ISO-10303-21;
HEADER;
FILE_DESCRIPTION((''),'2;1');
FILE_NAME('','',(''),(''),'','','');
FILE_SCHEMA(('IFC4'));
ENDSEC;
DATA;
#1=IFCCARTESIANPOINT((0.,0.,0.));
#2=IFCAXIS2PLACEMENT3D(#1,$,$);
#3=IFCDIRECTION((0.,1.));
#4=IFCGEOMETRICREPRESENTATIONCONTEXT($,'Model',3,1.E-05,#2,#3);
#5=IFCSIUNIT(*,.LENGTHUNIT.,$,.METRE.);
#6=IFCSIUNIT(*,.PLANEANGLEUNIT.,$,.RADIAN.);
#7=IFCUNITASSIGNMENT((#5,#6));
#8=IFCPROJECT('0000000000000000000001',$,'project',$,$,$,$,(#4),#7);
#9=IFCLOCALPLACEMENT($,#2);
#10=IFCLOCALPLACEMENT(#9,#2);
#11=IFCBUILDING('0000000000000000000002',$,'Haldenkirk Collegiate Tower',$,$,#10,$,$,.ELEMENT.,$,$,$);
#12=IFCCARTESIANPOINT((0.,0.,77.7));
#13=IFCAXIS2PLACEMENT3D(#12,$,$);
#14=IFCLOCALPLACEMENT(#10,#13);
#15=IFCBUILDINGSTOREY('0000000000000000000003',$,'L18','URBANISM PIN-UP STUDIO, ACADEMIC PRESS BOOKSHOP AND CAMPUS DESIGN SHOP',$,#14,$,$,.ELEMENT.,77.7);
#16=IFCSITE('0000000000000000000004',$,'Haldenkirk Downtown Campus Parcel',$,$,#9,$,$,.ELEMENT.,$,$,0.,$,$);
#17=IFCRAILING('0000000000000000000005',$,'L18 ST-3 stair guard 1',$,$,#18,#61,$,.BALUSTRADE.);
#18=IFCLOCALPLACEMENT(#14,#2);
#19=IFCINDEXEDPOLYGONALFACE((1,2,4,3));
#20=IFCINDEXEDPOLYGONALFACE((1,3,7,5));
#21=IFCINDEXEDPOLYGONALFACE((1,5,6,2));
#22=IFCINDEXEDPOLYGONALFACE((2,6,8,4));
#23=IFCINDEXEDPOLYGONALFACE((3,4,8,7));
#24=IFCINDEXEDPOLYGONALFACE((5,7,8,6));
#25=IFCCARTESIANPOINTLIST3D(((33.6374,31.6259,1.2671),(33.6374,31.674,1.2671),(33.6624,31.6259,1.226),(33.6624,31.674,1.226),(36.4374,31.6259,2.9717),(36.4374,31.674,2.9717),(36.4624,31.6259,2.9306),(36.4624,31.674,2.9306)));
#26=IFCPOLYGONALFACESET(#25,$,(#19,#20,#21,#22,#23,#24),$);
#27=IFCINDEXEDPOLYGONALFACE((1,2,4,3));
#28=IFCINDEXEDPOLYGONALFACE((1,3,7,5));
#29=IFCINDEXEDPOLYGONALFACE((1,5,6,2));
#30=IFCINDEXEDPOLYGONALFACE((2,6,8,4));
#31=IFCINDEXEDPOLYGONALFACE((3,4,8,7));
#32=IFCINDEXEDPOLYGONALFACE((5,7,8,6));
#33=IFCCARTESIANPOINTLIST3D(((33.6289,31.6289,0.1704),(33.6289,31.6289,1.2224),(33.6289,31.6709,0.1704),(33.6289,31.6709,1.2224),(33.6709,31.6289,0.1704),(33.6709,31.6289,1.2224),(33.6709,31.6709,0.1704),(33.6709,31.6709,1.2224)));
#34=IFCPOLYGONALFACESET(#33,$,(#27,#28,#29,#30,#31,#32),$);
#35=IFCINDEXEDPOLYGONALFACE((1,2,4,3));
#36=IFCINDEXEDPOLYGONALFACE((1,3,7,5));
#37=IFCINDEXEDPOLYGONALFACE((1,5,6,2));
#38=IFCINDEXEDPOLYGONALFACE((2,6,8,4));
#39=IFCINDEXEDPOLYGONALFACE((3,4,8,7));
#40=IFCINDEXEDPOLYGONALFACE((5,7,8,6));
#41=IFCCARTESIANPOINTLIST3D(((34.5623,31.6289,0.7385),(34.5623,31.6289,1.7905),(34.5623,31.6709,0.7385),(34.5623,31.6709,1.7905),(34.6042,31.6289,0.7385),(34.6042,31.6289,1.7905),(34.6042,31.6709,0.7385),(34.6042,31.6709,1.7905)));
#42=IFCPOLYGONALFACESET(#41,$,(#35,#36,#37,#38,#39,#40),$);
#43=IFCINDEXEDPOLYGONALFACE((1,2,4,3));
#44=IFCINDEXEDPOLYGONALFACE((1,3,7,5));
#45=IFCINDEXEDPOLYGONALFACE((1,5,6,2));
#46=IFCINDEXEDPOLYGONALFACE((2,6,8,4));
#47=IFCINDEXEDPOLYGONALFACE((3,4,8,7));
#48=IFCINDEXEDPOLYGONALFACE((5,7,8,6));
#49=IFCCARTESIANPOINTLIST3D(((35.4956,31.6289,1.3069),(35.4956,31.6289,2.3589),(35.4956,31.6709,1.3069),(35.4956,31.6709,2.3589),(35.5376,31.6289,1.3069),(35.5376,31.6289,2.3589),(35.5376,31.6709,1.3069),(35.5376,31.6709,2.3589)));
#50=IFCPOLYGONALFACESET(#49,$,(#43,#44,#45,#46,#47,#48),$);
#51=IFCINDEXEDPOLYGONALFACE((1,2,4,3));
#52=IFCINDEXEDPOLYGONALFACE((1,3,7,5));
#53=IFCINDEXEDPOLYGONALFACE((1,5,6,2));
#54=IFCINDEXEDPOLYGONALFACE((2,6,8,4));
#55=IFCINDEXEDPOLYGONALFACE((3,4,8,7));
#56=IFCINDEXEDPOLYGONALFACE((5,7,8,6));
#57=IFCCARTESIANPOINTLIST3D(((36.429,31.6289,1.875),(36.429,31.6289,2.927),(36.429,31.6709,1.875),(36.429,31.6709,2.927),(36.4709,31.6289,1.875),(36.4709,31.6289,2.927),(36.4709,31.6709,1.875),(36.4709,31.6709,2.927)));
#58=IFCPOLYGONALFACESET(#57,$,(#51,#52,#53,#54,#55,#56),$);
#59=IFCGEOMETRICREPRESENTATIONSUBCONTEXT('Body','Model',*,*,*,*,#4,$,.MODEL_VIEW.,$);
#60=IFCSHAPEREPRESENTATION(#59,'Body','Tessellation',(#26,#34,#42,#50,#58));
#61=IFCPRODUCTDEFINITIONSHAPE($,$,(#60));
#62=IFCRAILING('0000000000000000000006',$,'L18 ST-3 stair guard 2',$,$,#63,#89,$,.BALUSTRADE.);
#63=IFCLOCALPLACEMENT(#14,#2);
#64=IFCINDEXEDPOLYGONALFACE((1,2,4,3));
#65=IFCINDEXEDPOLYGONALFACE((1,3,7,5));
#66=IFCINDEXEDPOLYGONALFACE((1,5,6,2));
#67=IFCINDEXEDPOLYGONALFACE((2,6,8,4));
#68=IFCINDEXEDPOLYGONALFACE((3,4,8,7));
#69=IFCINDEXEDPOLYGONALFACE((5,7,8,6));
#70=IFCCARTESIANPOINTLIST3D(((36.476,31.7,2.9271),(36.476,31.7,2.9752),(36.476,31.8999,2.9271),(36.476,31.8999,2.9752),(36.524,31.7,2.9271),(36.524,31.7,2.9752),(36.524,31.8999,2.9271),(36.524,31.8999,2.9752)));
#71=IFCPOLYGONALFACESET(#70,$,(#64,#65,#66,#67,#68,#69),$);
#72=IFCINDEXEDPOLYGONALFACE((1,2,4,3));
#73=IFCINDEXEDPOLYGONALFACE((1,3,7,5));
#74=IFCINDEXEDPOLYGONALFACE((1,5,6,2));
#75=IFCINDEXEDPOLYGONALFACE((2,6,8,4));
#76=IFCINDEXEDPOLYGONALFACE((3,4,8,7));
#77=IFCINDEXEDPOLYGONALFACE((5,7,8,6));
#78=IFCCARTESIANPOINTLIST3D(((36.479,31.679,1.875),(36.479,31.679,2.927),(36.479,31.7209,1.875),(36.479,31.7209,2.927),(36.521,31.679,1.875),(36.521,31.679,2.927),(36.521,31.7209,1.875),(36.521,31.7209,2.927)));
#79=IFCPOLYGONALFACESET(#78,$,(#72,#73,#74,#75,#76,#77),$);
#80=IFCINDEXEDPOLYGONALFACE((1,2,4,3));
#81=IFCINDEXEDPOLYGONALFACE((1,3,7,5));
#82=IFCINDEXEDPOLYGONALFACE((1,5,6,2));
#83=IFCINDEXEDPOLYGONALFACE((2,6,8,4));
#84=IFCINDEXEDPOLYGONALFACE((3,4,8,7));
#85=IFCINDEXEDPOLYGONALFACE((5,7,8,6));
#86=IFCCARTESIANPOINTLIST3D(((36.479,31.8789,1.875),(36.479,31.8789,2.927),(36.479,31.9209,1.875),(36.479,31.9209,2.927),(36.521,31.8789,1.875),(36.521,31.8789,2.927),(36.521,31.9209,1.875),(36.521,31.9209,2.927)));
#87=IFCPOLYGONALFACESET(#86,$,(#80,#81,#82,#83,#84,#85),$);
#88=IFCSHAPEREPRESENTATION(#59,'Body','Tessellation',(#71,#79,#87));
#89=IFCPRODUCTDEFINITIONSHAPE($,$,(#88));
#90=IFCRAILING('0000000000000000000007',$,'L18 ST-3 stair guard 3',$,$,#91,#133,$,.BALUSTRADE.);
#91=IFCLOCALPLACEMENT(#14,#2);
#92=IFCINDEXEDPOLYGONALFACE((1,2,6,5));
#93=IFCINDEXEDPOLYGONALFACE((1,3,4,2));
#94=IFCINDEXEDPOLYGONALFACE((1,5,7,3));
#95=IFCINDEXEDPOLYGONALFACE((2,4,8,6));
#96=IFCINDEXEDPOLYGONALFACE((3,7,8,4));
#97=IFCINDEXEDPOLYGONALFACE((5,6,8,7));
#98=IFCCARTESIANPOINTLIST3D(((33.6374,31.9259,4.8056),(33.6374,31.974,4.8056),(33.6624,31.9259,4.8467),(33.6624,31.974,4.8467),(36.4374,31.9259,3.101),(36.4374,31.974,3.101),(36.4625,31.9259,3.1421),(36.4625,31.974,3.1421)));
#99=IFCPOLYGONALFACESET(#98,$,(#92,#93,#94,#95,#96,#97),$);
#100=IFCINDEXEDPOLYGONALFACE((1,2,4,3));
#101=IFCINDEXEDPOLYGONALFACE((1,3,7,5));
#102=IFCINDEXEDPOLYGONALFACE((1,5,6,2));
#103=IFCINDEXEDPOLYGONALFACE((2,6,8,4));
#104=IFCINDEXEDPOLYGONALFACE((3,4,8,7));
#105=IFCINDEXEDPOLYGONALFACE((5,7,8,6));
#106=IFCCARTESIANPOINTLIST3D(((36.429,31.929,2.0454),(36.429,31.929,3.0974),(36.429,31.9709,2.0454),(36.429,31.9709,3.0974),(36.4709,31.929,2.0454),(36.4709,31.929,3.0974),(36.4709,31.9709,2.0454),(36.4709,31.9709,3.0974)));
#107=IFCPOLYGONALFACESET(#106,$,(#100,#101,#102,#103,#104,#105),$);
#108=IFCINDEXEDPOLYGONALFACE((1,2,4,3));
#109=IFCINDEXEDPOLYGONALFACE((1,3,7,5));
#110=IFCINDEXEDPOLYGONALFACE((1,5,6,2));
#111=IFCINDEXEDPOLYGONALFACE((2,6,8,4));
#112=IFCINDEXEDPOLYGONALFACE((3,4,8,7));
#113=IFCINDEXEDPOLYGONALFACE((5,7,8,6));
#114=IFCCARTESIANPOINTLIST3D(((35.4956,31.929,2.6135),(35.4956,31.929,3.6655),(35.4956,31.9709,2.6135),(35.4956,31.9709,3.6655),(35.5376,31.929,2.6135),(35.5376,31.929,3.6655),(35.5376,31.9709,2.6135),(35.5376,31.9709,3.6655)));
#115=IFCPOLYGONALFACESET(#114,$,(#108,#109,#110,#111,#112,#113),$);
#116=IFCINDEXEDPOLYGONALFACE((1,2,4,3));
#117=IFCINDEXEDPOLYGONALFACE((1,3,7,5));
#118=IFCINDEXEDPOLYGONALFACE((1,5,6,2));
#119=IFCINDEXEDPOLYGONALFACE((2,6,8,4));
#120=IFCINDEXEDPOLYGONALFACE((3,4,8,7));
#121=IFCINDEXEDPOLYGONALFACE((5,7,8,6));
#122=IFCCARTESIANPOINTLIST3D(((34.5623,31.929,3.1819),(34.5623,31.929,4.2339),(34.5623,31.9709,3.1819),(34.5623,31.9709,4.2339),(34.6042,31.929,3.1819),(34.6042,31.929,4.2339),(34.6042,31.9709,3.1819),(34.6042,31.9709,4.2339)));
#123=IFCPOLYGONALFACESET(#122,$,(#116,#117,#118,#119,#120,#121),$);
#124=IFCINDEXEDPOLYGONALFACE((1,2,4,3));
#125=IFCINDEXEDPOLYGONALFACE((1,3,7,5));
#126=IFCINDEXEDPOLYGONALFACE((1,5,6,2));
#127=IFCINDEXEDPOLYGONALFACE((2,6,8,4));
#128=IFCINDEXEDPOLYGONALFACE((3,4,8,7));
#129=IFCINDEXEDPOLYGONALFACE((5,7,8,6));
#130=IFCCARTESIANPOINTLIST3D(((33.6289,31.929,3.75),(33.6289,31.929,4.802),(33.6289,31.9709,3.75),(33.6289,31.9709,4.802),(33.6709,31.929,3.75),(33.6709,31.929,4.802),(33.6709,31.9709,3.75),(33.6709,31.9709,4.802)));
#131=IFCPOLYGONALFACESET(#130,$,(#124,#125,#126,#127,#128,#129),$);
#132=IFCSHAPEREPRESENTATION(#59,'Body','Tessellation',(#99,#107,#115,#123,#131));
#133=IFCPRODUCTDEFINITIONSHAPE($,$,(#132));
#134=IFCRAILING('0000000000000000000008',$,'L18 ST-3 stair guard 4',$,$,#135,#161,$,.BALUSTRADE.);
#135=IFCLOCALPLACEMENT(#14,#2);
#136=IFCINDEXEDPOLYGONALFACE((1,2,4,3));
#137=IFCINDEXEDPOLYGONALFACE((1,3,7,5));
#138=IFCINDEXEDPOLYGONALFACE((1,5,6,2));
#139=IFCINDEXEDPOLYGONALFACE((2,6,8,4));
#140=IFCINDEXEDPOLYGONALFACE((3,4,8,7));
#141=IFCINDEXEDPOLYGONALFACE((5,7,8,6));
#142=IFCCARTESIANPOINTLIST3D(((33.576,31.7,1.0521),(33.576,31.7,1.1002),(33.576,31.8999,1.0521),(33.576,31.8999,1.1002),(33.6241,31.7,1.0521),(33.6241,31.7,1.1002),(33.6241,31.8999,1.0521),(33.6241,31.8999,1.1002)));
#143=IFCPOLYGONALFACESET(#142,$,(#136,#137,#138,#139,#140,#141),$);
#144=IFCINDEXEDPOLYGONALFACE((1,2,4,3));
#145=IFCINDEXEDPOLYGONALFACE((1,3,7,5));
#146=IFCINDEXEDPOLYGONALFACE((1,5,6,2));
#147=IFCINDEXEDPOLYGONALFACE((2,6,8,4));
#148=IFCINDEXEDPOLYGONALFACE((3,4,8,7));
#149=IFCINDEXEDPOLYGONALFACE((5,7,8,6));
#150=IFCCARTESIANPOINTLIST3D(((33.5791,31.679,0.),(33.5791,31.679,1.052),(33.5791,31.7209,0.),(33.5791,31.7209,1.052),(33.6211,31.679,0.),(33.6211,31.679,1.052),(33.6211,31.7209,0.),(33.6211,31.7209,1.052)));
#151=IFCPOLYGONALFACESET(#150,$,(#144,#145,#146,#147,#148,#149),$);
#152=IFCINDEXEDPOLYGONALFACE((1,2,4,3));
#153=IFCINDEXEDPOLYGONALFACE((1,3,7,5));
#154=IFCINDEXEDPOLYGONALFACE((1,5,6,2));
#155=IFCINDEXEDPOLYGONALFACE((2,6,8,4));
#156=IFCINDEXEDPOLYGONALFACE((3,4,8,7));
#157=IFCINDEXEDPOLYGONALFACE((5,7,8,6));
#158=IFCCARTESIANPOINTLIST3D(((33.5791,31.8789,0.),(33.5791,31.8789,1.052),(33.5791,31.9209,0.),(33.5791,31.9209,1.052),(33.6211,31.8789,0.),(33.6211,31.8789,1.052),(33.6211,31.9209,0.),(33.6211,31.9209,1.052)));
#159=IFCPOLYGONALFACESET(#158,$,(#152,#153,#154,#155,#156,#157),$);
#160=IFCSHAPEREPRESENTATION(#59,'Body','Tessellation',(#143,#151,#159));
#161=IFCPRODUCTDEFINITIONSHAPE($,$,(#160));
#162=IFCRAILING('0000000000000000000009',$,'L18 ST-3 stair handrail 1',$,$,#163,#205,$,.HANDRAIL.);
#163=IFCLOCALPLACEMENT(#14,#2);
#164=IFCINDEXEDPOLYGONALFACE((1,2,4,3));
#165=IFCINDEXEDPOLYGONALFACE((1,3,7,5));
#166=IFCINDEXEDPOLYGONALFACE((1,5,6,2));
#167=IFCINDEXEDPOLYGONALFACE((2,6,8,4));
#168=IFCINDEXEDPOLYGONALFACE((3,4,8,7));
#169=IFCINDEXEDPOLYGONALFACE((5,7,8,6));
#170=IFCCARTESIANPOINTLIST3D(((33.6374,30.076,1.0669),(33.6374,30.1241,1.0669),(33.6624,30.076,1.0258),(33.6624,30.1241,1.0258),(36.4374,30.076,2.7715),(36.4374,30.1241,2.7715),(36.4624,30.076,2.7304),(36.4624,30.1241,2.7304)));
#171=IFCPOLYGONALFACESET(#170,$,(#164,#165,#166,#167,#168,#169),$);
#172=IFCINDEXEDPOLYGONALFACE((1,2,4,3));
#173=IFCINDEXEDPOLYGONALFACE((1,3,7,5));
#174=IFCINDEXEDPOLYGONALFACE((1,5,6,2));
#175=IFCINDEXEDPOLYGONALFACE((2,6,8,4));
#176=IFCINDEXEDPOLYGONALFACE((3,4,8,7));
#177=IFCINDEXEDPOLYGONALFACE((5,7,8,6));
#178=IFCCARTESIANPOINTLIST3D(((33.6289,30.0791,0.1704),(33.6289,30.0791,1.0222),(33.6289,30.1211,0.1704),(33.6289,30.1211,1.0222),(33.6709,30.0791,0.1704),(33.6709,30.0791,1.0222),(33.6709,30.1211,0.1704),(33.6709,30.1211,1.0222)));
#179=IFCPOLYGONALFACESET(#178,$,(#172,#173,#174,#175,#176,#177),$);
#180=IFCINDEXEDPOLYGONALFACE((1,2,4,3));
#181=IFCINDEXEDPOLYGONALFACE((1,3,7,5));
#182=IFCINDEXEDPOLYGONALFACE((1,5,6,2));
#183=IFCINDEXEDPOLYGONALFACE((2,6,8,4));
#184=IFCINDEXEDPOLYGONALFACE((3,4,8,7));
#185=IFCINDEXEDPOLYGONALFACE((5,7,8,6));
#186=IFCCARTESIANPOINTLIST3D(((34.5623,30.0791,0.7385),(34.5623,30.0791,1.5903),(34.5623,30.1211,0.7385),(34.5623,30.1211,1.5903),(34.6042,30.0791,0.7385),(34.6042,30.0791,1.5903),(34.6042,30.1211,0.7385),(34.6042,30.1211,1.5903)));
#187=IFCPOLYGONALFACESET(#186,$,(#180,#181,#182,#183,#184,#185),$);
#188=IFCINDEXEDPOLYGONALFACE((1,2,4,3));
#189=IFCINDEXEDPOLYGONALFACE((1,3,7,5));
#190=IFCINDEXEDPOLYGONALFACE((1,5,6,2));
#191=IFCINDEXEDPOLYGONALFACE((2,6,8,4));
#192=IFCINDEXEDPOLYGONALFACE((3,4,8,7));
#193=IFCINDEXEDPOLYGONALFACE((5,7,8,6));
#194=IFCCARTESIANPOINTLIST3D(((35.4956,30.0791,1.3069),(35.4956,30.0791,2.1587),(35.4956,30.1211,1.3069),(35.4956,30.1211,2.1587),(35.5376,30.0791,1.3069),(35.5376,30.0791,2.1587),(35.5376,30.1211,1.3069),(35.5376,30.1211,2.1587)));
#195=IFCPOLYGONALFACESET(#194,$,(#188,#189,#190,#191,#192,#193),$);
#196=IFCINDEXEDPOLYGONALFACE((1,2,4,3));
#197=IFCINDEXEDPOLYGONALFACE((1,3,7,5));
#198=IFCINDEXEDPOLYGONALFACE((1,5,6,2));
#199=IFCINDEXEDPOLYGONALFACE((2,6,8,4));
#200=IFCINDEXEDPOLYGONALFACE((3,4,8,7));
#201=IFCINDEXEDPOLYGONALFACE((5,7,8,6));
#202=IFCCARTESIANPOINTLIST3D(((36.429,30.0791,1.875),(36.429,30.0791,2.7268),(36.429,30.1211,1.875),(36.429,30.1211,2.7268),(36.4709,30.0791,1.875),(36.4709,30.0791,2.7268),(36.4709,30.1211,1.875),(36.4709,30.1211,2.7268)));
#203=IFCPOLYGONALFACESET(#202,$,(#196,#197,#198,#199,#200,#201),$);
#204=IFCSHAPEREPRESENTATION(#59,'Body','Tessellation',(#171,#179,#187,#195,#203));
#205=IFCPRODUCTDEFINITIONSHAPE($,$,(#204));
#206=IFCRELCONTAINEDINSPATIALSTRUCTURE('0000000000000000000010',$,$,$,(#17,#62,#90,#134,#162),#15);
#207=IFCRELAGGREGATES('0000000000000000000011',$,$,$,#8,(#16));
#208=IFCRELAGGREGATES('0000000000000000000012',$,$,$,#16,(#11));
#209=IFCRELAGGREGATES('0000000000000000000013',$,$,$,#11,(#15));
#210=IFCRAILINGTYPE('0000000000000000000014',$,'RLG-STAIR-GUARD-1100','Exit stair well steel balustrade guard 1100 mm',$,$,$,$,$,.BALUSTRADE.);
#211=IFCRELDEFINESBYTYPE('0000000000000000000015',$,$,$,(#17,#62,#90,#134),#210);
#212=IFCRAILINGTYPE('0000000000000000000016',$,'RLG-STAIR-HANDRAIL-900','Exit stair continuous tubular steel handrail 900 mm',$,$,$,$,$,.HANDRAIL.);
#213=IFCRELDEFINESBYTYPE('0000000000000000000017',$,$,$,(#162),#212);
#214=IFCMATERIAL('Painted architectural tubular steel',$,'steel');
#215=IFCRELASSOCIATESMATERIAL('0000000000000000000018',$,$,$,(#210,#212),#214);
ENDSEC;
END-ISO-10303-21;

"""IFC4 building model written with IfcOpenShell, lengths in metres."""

from ifc_helpers import new_model, si_unit, direction, frame, origin, origin_2d, place, context, subcontext, project, spatial, rectangle, extrude, material, type_object, element, save


model = new_model("IFC4")

# Units and contexts
model_context = context("Model", 3, precision=1e-05, world=origin(), true_north=direction((0.0, 1.0)))
body_context = subcontext(model_context, "Body", "Model", "MODEL_VIEW")
ifc_project = project(units=[si_unit("LENGTHUNIT", "METRE"), si_unit("PLANEANGLEUNIT", "RADIAN")], contexts=[model_context])

# Site, building, storey
site_placement = place(None, origin())
site = spatial("IfcSite", under=ifc_project, at=site_placement, Name="Haldenkirk Downtown Campus Parcel", CompositionType="ELEMENT", RefElevation=0.0)
building_placement = place(site_placement, origin())
building = spatial("IfcBuilding", under=site, at=building_placement, Name="Haldenkirk Collegiate Tower", CompositionType="ELEMENT")
storey_placement = place(building_placement, frame((0.0, 0.0, 77.7)))
storey = spatial("IfcBuildingStorey", under=building, at=storey_placement, Name="L18", Description="URBANISM PIN-UP STUDIO, ACADEMIC PRESS BOOKSHOP AND CAMPUS DESIGN SHOP", CompositionType="ELEMENT", Elevation=77.7)

# Railings
ifc_material_1 = material(Name="Painted architectural tubular steel", Category="steel")
railing_type_1 = type_object("IfcRailingType", Name="RLG-STAIR-GUARD-1100", Description="Exit stair well steel balustrade guard 1100 mm", PredefinedType="BALUSTRADE", material=ifc_material_1)
railing_1_placement = place(storey_placement, frame((33.6499, 31.6499, 0.1704)))
element("IfcRailing", 1, at=railing_1_placement, inside=storey, type_object=railing_type_1, Name="L18 ST-3 stair guard 1", PredefinedType="BALUSTRADE", context=body_context, shape_type="SweptSolid", body=[
    extrude(rectangle(XDim=0.0481, YDim=0.0481, at=origin_2d()), frame((0.0, 0.0, 1.0762), z_axis=(0.85417, 0.0, 0.519994), x_axis=(0.0, 1.0, 0.0)), (0.0, 0.0, 1.0), 3.2781),
    extrude(rectangle(XDim=0.042, YDim=0.042, at=origin_2d()), origin(), (0.0, 0.0, 1.0), 1.052),
    extrude(rectangle(XDim=0.042, YDim=0.042, at=origin_2d()), frame((0.9333, 0.0, 0.5681)), (0.0, 0.0, 1.0), 1.052),
    extrude(rectangle(XDim=0.042, YDim=0.042, at=origin_2d()), frame((1.8667, 0.0, 1.1365)), (0.0, 0.0, 1.0), 1.052),
    extrude(rectangle(XDim=0.042, YDim=0.042, at=origin_2d()), frame((2.8, 0.0, 1.7046)), (0.0, 0.0, 1.0), 1.052),
])
railing_2_placement = place(storey_placement, frame((36.5, 31.7, 1.875)))
element("IfcRailing", 2, at=railing_2_placement, inside=storey, type_object=railing_type_1, Name="L18 ST-3 stair guard 2", PredefinedType="BALUSTRADE", context=body_context, shape_type="SweptSolid", body=[
    extrude(rectangle(XDim=0.0481, YDim=0.0481, at=origin_2d()), frame((0.0, 0.0, 1.0762), z_axis=(0.0, 1.0, 0.0), x_axis=(-1.0, 0.0, 0.0)), (0.0, 0.0, 1.0), 0.2),
    extrude(rectangle(XDim=0.042, YDim=0.042, at=origin_2d()), origin(), (0.0, 0.0, 1.0), 1.052),
    extrude(rectangle(XDim=0.042, YDim=0.042, at=origin_2d()), frame((0.0, 0.2, 0.0)), (0.0, 0.0, 1.0), 1.052),
])
railing_3_placement = place(storey_placement, frame((36.45, 31.95, 2.0454)))
element("IfcRailing", 3, at=railing_3_placement, inside=storey, type_object=railing_type_1, Name="L18 ST-3 stair guard 3", PredefinedType="BALUSTRADE", context=body_context, shape_type="SweptSolid", body=[
    extrude(rectangle(XDim=0.0481, YDim=0.0481, at=origin_2d()), frame((0.0, 0.0, 1.0762), z_axis=(-0.85417, 0.0, 0.519994), x_axis=(0.0, -1.0, 0.0)), (0.0, 0.0, 1.0), 3.2781),
    extrude(rectangle(XDim=0.042, YDim=0.042, at=origin_2d()), origin(), (0.0, 0.0, 1.0), 1.052),
    extrude(rectangle(XDim=0.042, YDim=0.042, at=origin_2d()), frame((-0.9333, 0.0, 0.5681)), (0.0, 0.0, 1.0), 1.052),
    extrude(rectangle(XDim=0.042, YDim=0.042, at=origin_2d()), frame((-1.8667, 0.0, 1.1365)), (0.0, 0.0, 1.0), 1.052),
    extrude(rectangle(XDim=0.042, YDim=0.042, at=origin_2d()), frame((-2.8, 0.0, 1.7046)), (0.0, 0.0, 1.0), 1.052),
])
railing_4_placement = place(storey_placement, frame((33.6001, 31.7, 0.0)))
element("IfcRailing", 4, at=railing_4_placement, inside=storey, type_object=railing_type_1, Name="L18 ST-3 stair guard 4", PredefinedType="BALUSTRADE", context=body_context, shape_type="SweptSolid", body=[
    extrude(rectangle(XDim=0.0481, YDim=0.0481, at=origin_2d()), frame((0.0, 0.0, 1.0762), z_axis=(0.0, 1.0, 0.0), x_axis=(-1.0, 0.0, 0.0)), (0.0, 0.0, 1.0), 0.2),
    extrude(rectangle(XDim=0.042, YDim=0.042, at=origin_2d()), origin(), (0.0, 0.0, 1.0), 1.052),
    extrude(rectangle(XDim=0.042, YDim=0.042, at=origin_2d()), frame((0.0, 0.2, 0.0)), (0.0, 0.0, 1.0), 1.052),
])
railing_type_2 = type_object("IfcRailingType", Name="RLG-STAIR-HANDRAIL-900", Description="Exit stair continuous tubular steel handrail 900 mm", PredefinedType="HANDRAIL", material=ifc_material_1)
railing_5_placement = place(storey_placement, frame((33.6499, 30.1001, 0.1704)))
element("IfcRailing", 5, at=railing_5_placement, inside=storey, type_object=railing_type_2, Name="L18 ST-3 stair handrail 1", PredefinedType="HANDRAIL", context=body_context, shape_type="SweptSolid", body=[
    extrude(rectangle(XDim=0.0481, YDim=0.0481, at=origin_2d()), frame((0.0, 0.0, 0.876), z_axis=(0.85417, 0.0, 0.519994), x_axis=(0.0, 1.0, 0.0)), (0.0, 0.0, 1.0), 3.2781),
    extrude(rectangle(XDim=0.042, YDim=0.042, at=origin_2d()), origin(), (0.0, 0.0, 1.0), 0.8518),
    extrude(rectangle(XDim=0.042, YDim=0.042, at=origin_2d()), frame((0.9333, 0.0, 0.5681)), (0.0, 0.0, 1.0), 0.8518),
    extrude(rectangle(XDim=0.042, YDim=0.042, at=origin_2d()), frame((1.8667, 0.0, 1.1365)), (0.0, 0.0, 1.0), 0.8518),
    extrude(rectangle(XDim=0.042, YDim=0.042, at=origin_2d()), frame((2.8, 0.0, 1.7046)), (0.0, 0.0, 1.0), 0.8518),
])

save(model, "model.ifc")
